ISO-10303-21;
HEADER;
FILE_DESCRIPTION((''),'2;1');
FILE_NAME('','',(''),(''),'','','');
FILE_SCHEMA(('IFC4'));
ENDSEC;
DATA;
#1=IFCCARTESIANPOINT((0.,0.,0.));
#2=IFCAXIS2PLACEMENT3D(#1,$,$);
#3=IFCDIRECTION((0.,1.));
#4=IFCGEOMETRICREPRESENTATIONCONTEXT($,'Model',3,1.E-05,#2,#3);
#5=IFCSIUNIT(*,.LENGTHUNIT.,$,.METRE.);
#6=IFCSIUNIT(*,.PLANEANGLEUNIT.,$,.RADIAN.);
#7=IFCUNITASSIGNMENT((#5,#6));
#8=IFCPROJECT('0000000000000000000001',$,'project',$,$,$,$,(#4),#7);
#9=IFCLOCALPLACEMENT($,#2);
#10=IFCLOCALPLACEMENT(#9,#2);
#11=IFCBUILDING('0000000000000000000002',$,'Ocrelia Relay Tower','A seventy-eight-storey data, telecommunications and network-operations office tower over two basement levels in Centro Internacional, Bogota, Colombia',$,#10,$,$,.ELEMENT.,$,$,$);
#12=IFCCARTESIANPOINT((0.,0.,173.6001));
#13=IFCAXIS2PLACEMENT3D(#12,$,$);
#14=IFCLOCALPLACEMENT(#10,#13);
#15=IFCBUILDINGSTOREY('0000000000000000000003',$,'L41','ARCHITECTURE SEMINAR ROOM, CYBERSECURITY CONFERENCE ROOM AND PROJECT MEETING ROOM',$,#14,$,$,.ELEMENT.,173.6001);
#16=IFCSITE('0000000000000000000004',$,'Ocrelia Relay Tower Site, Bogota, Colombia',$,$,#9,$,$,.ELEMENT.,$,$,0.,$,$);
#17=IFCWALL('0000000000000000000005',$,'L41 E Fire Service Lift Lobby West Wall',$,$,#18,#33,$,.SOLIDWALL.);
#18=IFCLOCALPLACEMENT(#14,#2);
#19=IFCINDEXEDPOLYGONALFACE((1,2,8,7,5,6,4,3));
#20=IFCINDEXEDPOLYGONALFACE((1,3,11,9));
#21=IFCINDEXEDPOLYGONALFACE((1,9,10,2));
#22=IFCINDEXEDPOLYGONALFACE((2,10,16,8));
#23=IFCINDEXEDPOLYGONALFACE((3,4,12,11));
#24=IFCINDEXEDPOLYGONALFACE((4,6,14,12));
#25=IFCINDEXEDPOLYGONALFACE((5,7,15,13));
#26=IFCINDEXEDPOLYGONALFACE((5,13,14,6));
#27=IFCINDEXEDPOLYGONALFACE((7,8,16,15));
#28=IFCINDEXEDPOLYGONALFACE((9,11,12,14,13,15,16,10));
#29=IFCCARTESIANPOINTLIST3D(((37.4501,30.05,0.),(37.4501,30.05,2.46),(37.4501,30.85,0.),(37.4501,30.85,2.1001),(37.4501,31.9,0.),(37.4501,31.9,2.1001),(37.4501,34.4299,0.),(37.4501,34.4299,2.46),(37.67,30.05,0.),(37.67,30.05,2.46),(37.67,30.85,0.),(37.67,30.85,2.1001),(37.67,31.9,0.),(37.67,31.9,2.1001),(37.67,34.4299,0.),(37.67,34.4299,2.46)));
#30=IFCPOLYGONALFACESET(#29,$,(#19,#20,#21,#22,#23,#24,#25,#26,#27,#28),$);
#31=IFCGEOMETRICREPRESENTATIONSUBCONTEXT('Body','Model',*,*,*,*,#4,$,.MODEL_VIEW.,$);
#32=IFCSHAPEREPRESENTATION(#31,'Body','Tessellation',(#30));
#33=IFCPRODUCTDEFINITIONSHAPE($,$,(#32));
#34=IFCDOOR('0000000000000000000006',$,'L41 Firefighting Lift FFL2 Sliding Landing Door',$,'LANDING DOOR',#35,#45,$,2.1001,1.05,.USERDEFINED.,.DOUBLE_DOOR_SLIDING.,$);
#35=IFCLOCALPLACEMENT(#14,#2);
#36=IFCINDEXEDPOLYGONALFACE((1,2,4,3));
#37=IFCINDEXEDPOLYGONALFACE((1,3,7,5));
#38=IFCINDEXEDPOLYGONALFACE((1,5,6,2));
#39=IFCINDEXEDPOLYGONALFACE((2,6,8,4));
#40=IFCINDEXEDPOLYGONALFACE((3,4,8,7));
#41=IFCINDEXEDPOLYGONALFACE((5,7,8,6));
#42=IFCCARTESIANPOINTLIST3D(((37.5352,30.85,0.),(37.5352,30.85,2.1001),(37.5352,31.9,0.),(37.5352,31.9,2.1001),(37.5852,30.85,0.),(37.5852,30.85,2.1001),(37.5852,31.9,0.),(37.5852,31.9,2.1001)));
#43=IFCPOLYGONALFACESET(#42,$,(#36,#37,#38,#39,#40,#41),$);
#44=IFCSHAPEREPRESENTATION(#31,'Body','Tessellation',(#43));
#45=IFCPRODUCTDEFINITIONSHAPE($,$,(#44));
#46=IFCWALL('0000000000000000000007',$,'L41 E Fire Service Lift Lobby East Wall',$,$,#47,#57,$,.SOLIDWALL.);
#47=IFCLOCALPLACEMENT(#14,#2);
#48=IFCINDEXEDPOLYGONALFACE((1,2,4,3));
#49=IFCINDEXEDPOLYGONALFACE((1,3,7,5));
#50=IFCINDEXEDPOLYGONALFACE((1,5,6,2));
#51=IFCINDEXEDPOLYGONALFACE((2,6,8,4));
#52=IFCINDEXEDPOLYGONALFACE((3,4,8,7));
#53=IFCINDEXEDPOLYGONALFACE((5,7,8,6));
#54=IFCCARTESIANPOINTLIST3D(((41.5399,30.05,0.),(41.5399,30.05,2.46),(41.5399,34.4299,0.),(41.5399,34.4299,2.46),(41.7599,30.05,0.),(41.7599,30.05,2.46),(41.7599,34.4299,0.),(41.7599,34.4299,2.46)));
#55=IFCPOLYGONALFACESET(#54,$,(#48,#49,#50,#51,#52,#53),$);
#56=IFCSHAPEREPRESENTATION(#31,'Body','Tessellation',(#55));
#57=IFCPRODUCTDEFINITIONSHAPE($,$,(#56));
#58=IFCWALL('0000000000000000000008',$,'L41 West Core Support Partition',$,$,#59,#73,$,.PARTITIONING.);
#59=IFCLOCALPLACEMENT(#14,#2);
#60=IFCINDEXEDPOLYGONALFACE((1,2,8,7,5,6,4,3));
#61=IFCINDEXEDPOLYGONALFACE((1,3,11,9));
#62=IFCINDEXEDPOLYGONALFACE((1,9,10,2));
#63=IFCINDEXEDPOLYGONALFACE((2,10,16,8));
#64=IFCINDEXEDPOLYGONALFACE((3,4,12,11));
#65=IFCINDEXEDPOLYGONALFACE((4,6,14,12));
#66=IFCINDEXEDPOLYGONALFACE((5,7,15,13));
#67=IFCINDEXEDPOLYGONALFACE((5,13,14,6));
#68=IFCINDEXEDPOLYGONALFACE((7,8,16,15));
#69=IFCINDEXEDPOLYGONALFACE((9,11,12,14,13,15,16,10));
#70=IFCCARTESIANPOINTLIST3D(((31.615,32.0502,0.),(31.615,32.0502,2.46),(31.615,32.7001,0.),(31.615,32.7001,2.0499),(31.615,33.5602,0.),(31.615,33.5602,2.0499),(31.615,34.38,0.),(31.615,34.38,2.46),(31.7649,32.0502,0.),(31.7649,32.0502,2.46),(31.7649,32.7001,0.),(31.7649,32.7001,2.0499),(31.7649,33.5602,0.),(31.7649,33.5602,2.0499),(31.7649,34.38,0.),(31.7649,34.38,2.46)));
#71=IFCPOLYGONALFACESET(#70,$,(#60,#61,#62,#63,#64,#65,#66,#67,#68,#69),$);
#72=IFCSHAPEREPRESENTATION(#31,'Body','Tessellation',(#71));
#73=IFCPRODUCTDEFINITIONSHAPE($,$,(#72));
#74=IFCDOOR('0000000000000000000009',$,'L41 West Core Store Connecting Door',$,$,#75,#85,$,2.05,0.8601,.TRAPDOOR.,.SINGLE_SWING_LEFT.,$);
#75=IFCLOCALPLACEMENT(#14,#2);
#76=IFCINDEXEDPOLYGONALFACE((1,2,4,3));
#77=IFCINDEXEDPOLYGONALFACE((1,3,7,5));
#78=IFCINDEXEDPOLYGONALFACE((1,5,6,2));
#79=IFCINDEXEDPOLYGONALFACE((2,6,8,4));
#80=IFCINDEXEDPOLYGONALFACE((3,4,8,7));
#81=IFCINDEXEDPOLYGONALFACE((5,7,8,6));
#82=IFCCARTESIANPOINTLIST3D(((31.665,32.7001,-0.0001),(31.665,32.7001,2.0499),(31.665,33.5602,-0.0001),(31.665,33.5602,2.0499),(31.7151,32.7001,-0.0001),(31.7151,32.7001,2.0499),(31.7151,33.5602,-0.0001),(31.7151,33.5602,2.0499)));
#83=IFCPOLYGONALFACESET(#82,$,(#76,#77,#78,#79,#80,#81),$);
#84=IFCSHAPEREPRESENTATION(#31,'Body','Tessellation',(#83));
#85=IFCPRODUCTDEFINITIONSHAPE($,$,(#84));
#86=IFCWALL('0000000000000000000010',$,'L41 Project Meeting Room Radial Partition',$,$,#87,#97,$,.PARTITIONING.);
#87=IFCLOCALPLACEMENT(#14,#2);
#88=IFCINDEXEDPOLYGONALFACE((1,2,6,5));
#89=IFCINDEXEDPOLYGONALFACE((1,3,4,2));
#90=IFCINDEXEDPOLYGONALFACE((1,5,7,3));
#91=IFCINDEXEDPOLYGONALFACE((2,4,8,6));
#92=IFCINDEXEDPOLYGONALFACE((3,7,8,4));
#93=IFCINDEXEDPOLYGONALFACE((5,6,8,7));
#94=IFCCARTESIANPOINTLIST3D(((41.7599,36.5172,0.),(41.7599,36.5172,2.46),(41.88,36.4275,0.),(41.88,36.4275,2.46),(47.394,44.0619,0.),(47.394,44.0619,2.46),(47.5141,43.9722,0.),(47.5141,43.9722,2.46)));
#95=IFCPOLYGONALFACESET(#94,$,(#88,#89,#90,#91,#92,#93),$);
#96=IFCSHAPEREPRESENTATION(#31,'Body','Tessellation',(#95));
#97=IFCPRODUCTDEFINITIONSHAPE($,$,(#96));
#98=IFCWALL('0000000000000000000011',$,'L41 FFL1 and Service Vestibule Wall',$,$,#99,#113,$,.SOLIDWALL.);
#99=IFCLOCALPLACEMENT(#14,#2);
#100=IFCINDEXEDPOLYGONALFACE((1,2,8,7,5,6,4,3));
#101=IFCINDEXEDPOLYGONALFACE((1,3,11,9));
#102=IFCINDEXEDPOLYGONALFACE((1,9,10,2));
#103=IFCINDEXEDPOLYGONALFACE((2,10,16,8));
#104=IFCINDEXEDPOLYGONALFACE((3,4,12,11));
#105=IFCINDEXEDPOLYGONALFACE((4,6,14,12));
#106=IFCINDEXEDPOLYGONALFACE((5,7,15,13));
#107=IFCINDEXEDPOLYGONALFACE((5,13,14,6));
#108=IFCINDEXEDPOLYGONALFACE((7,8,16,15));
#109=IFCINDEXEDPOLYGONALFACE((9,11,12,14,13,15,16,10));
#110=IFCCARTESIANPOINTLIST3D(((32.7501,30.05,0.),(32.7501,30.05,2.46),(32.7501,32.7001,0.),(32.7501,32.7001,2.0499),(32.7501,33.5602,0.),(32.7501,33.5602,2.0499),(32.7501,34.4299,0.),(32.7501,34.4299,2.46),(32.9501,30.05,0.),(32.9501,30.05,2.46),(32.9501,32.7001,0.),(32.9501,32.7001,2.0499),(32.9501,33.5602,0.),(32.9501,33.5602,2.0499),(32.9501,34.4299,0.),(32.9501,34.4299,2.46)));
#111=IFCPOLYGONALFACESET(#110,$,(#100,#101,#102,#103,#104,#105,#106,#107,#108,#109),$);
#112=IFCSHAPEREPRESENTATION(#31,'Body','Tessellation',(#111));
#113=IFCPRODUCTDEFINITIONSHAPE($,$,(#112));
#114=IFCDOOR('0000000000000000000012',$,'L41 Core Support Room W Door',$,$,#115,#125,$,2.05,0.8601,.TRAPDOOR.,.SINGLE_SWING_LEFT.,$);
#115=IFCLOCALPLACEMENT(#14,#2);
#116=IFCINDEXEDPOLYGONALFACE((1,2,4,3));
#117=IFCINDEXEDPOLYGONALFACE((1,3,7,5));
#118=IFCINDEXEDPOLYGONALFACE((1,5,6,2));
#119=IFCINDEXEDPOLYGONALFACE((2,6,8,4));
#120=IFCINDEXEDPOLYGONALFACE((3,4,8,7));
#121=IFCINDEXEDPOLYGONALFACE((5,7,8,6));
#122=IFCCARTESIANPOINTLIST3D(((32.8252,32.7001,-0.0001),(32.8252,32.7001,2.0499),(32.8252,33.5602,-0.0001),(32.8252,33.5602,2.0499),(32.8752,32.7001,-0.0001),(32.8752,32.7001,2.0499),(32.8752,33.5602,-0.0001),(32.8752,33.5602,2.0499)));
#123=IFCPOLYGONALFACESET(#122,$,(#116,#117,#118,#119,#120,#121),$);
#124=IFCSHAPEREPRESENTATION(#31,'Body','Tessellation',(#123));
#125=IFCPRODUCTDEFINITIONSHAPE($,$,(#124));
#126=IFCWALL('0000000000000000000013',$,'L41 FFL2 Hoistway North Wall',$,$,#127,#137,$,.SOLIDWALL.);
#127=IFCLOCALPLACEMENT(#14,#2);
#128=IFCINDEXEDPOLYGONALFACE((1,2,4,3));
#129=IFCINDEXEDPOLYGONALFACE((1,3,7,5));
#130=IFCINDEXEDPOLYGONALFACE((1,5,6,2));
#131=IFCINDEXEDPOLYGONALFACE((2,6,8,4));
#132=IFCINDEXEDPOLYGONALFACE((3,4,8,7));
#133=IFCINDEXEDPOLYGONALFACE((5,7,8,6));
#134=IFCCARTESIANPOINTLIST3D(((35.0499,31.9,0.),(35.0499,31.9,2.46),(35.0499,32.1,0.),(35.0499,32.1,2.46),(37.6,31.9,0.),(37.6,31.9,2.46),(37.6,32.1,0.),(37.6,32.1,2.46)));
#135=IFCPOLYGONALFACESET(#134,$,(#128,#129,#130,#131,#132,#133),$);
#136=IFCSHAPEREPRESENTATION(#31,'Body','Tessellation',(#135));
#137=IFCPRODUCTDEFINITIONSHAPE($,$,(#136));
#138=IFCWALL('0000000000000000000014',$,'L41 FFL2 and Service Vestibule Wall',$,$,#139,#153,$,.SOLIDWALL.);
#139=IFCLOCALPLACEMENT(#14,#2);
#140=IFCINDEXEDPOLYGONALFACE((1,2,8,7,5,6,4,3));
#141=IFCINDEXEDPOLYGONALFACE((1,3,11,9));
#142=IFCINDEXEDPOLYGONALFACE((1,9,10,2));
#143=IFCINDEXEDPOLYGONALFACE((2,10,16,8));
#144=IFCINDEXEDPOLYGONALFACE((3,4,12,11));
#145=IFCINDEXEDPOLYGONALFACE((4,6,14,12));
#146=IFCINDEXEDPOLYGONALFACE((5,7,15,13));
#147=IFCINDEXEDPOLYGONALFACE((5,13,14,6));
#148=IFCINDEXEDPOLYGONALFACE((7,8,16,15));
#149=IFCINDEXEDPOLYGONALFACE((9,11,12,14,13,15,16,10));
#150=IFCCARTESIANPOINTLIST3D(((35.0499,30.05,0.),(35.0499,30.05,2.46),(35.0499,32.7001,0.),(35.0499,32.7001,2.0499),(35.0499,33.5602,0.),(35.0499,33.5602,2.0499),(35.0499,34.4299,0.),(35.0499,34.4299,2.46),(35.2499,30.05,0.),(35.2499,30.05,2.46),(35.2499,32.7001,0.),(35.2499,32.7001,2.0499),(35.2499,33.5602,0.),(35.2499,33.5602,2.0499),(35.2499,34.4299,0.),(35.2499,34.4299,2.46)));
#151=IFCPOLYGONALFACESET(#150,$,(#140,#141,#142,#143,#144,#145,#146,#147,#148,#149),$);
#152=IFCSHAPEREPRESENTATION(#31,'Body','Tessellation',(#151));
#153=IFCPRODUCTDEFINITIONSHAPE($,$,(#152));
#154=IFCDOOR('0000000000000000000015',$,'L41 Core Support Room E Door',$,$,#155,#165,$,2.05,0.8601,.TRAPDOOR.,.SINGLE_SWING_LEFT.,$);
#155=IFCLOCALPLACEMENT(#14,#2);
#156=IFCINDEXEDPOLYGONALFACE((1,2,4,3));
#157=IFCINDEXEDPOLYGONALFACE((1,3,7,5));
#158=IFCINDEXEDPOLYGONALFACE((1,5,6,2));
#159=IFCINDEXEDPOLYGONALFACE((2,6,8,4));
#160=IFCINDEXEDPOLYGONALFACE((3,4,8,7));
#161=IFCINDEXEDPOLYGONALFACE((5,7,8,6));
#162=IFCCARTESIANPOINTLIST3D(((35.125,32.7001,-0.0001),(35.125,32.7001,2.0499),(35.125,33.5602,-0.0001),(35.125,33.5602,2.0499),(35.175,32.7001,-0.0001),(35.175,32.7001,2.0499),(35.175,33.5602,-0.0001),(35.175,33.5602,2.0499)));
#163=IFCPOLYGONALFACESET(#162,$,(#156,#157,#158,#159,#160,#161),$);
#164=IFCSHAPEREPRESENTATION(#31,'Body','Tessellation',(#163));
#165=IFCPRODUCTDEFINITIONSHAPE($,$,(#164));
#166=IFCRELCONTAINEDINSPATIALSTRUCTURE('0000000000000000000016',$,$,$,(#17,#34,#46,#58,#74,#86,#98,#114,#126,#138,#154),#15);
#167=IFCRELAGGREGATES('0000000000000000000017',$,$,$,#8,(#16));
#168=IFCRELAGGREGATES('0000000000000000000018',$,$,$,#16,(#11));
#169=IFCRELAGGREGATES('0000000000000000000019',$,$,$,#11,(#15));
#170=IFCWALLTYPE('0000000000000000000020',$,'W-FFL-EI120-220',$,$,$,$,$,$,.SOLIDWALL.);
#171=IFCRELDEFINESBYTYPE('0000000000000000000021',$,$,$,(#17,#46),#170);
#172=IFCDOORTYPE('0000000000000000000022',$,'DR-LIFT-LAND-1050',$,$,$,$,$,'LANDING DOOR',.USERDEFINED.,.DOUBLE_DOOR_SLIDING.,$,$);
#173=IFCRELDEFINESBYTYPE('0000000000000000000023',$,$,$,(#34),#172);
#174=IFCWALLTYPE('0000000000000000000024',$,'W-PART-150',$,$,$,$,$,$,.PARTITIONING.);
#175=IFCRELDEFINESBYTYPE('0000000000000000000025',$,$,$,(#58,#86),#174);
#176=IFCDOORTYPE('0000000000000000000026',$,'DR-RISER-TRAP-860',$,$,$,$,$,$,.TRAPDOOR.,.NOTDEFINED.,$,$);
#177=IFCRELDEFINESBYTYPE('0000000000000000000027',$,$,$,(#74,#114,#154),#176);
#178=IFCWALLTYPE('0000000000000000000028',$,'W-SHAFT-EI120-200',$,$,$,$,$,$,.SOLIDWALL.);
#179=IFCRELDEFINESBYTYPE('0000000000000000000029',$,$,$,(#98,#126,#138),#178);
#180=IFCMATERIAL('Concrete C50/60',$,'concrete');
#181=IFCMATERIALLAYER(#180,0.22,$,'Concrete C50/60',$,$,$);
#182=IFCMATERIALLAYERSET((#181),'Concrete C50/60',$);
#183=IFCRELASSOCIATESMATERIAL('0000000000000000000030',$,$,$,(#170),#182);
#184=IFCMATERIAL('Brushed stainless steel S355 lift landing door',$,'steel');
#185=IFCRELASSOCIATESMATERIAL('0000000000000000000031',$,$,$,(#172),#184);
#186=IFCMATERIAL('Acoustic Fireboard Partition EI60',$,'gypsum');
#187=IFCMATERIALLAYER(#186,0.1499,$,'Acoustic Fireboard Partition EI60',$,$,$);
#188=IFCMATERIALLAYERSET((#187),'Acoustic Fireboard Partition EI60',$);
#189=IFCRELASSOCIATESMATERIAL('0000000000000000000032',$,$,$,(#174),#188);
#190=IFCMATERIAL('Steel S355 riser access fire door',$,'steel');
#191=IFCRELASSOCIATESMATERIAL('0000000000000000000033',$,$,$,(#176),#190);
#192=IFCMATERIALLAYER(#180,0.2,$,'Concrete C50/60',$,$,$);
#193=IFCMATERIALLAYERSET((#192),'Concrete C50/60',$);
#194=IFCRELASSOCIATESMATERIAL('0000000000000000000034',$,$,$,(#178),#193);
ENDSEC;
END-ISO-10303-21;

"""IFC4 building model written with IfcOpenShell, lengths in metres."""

from ifc_helpers import new_model, si_unit, direction, frame, frame_2d, origin, place, context, subcontext, project, spatial, rectangle, extrude, material, layer, layer_set, type_object, element, fill, save


model = new_model("IFC4")

# Units and contexts
model_context = context("Model", 3, precision=1e-05, world=origin(), true_north=direction((0.0, 1.0)))
body_context = subcontext(model_context, "Body", "Model", "MODEL_VIEW")
ifc_project = project(units=[si_unit("LENGTHUNIT", "METRE"), si_unit("PLANEANGLEUNIT", "RADIAN")], contexts=[model_context])

# Site, building, storey
site_placement = place(None, origin())
site = spatial("IfcSite", under=ifc_project, at=site_placement, Name="Ocrelia Relay Tower Site, Bogota, Colombia", CompositionType="ELEMENT", RefElevation=0.0)
building_placement = place(site_placement, origin())
building = spatial("IfcBuilding", under=site, at=building_placement, Name="Ocrelia Relay Tower", Description="A seventy-eight-storey data, telecommunications and network-operations office tower over two basement levels in Centro Internacional, Bogota, Colombia", CompositionType="ELEMENT")
storey_placement = place(building_placement, frame((0.0, 0.0, 173.6001)))
storey = spatial("IfcBuildingStorey", under=building, at=storey_placement, Name="L41", Description="ARCHITECTURE SEMINAR ROOM, CYBERSECURITY CONFERENCE ROOM AND PROJECT MEETING ROOM", CompositionType="ELEMENT", Elevation=173.6001)

# Wall, opening, door
ifc_material_1 = material(Name="Concrete C50/60", Category="concrete")
ifc_layer_1 = layer(ifc_material_1, 0.22, Name="Concrete C50/60")
ifc_layer_set_1 = layer_set([ifc_layer_1], Name="Concrete C50/60")
wall_type_1 = type_object("IfcWallType", Name="W-FFL-EI120-220", PredefinedType="SOLIDWALL", material=ifc_layer_set_1)
wall_1_placement = place(storey_placement, frame((37.5601, 30.05, 0.0), z_axis=(0.0, 0.0, 1.0), x_axis=(0.0, 1.0, 0.0)))
wall_1 = element("IfcWall", 1, at=wall_1_placement, inside=storey, type_object=wall_type_1, Name="L41 E Fire Service Lift Lobby West Wall", PredefinedType="SOLIDWALL", context=body_context, shape_type="SweptSolid", body=[
    extrude(rectangle(XDim=4.3799, YDim=0.22, at=frame_2d((2.1899, 0.0))), origin(), (0.0, 0.0, 1.0), 2.46),
])
opening_1_placement = place(wall_1_placement, frame((0.8, 0.0, 0.0)))
opening_1 = element("IfcOpeningElement", 2, at=opening_1_placement, cuts=wall_1, PredefinedType="OPENING", context=body_context, shape_type="SweptSolid", body=[
    extrude(rectangle(XDim=1.05, YDim=2.1001, at=frame_2d((0.5249, 1.05))), frame((0.0, 0.1201, 0.0), z_axis=(0.0, -1.0, 0.0), x_axis=(1.0, 0.0, 0.0)), (0.0, 0.0, 1.0), 0.24),
])
ifc_material_2 = material(Name="Brushed stainless steel S355 lift landing door", Category="steel")
door_type_1 = type_object("IfcDoorType", Name="DR-LIFT-LAND-1050", ElementType="LANDING DOOR", OperationType="DOUBLE_DOOR_SLIDING", PredefinedType="USERDEFINED", material=ifc_material_2)
door_1_placement = place(opening_1_placement, origin())
door_1 = element("IfcDoor", 3, at=door_1_placement, inside=storey, type_object=door_type_1, Name="L41 Firefighting Lift FFL2 Sliding Landing Door", ObjectType="LANDING DOOR", OperationType="DOUBLE_DOOR_SLIDING", OverallHeight=2.1001, OverallWidth=1.05, PredefinedType="USERDEFINED", context=body_context, shape_type="SweptSolid", body=[
    extrude(rectangle(XDim=1.05, YDim=2.1001, at=frame_2d((0.5249, 1.05))), frame((0.0, 0.0249, 0.0), z_axis=(0.0, -1.0, 0.0), x_axis=(1.0, 0.0, 0.0)), (0.0, 0.0, 1.0), 0.05),
])
fill(opening_1, door_1)

# Wall
wall_2_placement = place(storey_placement, frame((41.6499, 30.05, 0.0), z_axis=(0.0, 0.0, 1.0), x_axis=(0.0, 1.0, 0.0)))
element("IfcWall", 4, at=wall_2_placement, inside=storey, type_object=wall_type_1, Name="L41 E Fire Service Lift Lobby East Wall", PredefinedType="SOLIDWALL", context=body_context, shape_type="SweptSolid", body=[
    extrude(rectangle(XDim=4.3799, YDim=0.22, at=frame_2d((2.1899, 0.0))), origin(), (0.0, 0.0, 1.0), 2.46),
])

# Wall, opening, door
ifc_material_3 = material(Name="Acoustic Fireboard Partition EI60", Category="gypsum")
ifc_layer_2 = layer(ifc_material_3, 0.1499, Name="Acoustic Fireboard Partition EI60")
ifc_layer_set_2 = layer_set([ifc_layer_2], Name="Acoustic Fireboard Partition EI60")
wall_type_2 = type_object("IfcWallType", Name="W-PART-150", PredefinedType="PARTITIONING", material=ifc_layer_set_2)
wall_3_placement = place(storey_placement, frame((31.6899, 32.05, 0.0), z_axis=(0.0, 0.0, 1.0), x_axis=(0.0, 1.0, 0.0)))
wall_3 = element("IfcWall", 5, at=wall_3_placement, inside=storey, type_object=wall_type_2, Name="L41 West Core Support Partition", PredefinedType="PARTITIONING", context=body_context, shape_type="SweptSolid", body=[
    extrude(rectangle(XDim=2.3298, YDim=0.1499, at=frame_2d((1.165, 0.0))), origin(), (0.0, 0.0, 1.0), 2.46),
])
opening_2_placement = place(wall_3_placement, frame((0.6499, 0.0, 0.0)))
opening_2 = element("IfcOpeningElement", 6, at=opening_2_placement, cuts=wall_3, PredefinedType="OPENING", context=body_context, shape_type="SweptSolid", body=[
    extrude(rectangle(XDim=0.8601, YDim=2.05, at=frame_2d((0.4302, 1.0249))), frame((0.0, 0.085, 0.0), z_axis=(0.0, -1.0, 0.0), x_axis=(1.0, 0.0, 0.0)), (0.0, 0.0, 1.0), 0.1699),
])
ifc_material_4 = material(Name="Steel S355 riser access fire door", Category="steel")
door_type_2 = type_object("IfcDoorType", Name="DR-RISER-TRAP-860", OperationType="NOTDEFINED", PredefinedType="TRAPDOOR", material=ifc_material_4)
door_2_placement = place(opening_2_placement, origin())
door_2 = element("IfcDoor", 7, at=door_2_placement, inside=storey, type_object=door_type_2, Name="L41 West Core Store Connecting Door", OperationType="SINGLE_SWING_LEFT", OverallHeight=2.05, OverallWidth=0.8601, PredefinedType="TRAPDOOR", context=body_context, shape_type="SweptSolid", body=[
    extrude(rectangle(XDim=0.8601, YDim=2.05, at=frame_2d((0.4302, 1.0249))), frame((0.0, 0.0249, 0.0), z_axis=(0.0, -1.0, 0.0), x_axis=(1.0, 0.0, 0.0)), (0.0, 0.0, 1.0), 0.05),
])
fill(opening_2, door_2)

# Wall
wall_4_placement = place(storey_placement, frame((41.8201, 36.4724, 0.0), z_axis=(0.0, 0.0, 1.0), x_axis=(0.598335, 0.801246, 0.0)))
element("IfcWall", 8, at=wall_4_placement, inside=storey, type_object=wall_type_2, Name="L41 Project Meeting Room Radial Partition", PredefinedType="PARTITIONING", context=body_context, shape_type="SweptSolid", body=[
    extrude(rectangle(XDim=9.4163, YDim=0.1499, at=frame_2d((4.708, 0.0))), origin(), (0.0, 0.0, 1.0), 2.46),
])

# Wall, opening, door
ifc_layer_3 = layer(ifc_material_1, 0.2, Name="Concrete C50/60")
ifc_layer_set_3 = layer_set([ifc_layer_3], Name="Concrete C50/60")
wall_type_3 = type_object("IfcWallType", Name="W-SHAFT-EI120-200", PredefinedType="SOLIDWALL", material=ifc_layer_set_3)
wall_5_placement = place(storey_placement, frame((32.8501, 30.05, 0.0), z_axis=(0.0, 0.0, 1.0), x_axis=(0.0, 1.0, 0.0)))
wall_5 = element("IfcWall", 9, at=wall_5_placement, inside=storey, type_object=wall_type_3, Name="L41 FFL1 and Service Vestibule Wall", PredefinedType="SOLIDWALL", context=body_context, shape_type="SweptSolid", body=[
    extrude(rectangle(XDim=4.3799, YDim=0.2, at=frame_2d((2.1899, 0.0))), origin(), (0.0, 0.0, 1.0), 2.46),
])
opening_3_placement = place(wall_5_placement, frame((2.6499, 0.0, 0.0)))
opening_3 = element("IfcOpeningElement", 10, at=opening_3_placement, cuts=wall_5, PredefinedType="OPENING", context=body_context, shape_type="SweptSolid", body=[
    extrude(rectangle(XDim=0.8601, YDim=2.05, at=frame_2d((0.4302, 1.0249))), frame((0.0, 0.1099, 0.0), z_axis=(0.0, -1.0, 0.0), x_axis=(1.0, 0.0, 0.0)), (0.0, 0.0, 1.0), 0.22),
])
door_3_placement = place(opening_3_placement, origin())
door_3 = element("IfcDoor", 11, at=door_3_placement, inside=storey, type_object=door_type_2, Name="L41 Core Support Room W Door", OperationType="SINGLE_SWING_LEFT", OverallHeight=2.05, OverallWidth=0.8601, PredefinedType="TRAPDOOR", context=body_context, shape_type="SweptSolid", body=[
    extrude(rectangle(XDim=0.8601, YDim=2.05, at=frame_2d((0.4302, 1.0249))), frame((0.0, 0.0249, 0.0), z_axis=(0.0, -1.0, 0.0), x_axis=(1.0, 0.0, 0.0)), (0.0, 0.0, 1.0), 0.05),
])
fill(opening_3, door_3)

# Wall
wall_6_placement = place(storey_placement, frame((35.05, 32.0, 0.0), z_axis=(0.0, 0.0, 1.0), x_axis=(1.0, 0.0, 0.0)))
element("IfcWall", 12, at=wall_6_placement, inside=storey, type_object=wall_type_3, Name="L41 FFL2 Hoistway North Wall", PredefinedType="SOLIDWALL", context=body_context, shape_type="SweptSolid", body=[
    extrude(rectangle(XDim=2.55, YDim=0.2, at=frame_2d((1.2749, 0.0))), origin(), (0.0, 0.0, 1.0), 2.46),
])

# Wall, opening, door
wall_7_placement = place(storey_placement, frame((35.1499, 30.05, 0.0), z_axis=(0.0, 0.0, 1.0), x_axis=(0.0, 1.0, 0.0)))
wall_7 = element("IfcWall", 13, at=wall_7_placement, inside=storey, type_object=wall_type_3, Name="L41 FFL2 and Service Vestibule Wall", PredefinedType="SOLIDWALL", context=body_context, shape_type="SweptSolid", body=[
    extrude(rectangle(XDim=4.3799, YDim=0.2, at=frame_2d((2.1899, 0.0))), origin(), (0.0, 0.0, 1.0), 2.46),
])
opening_4_placement = place(wall_7_placement, frame((2.6499, 0.0, 0.0)))
opening_4 = element("IfcOpeningElement", 14, at=opening_4_placement, cuts=wall_7, PredefinedType="OPENING", context=body_context, shape_type="SweptSolid", body=[
    extrude(rectangle(XDim=0.8601, YDim=2.05, at=frame_2d((0.4302, 1.0249))), frame((0.0, 0.1099, 0.0), z_axis=(0.0, -1.0, 0.0), x_axis=(1.0, 0.0, 0.0)), (0.0, 0.0, 1.0), 0.22),
])
door_4_placement = place(opening_4_placement, origin())
door_4 = element("IfcDoor", 15, at=door_4_placement, inside=storey, type_object=door_type_2, Name="L41 Core Support Room E Door", OperationType="SINGLE_SWING_LEFT", OverallHeight=2.05, OverallWidth=0.8601, PredefinedType="TRAPDOOR", context=body_context, shape_type="SweptSolid", body=[
    extrude(rectangle(XDim=0.8601, YDim=2.05, at=frame_2d((0.4302, 1.0249))), frame((0.0, 0.0249, 0.0), z_axis=(0.0, -1.0, 0.0), x_axis=(1.0, 0.0, 0.0)), (0.0, 0.0, 1.0), 0.05),
])
fill(opening_4, door_4)

save(model, "model.ifc")
